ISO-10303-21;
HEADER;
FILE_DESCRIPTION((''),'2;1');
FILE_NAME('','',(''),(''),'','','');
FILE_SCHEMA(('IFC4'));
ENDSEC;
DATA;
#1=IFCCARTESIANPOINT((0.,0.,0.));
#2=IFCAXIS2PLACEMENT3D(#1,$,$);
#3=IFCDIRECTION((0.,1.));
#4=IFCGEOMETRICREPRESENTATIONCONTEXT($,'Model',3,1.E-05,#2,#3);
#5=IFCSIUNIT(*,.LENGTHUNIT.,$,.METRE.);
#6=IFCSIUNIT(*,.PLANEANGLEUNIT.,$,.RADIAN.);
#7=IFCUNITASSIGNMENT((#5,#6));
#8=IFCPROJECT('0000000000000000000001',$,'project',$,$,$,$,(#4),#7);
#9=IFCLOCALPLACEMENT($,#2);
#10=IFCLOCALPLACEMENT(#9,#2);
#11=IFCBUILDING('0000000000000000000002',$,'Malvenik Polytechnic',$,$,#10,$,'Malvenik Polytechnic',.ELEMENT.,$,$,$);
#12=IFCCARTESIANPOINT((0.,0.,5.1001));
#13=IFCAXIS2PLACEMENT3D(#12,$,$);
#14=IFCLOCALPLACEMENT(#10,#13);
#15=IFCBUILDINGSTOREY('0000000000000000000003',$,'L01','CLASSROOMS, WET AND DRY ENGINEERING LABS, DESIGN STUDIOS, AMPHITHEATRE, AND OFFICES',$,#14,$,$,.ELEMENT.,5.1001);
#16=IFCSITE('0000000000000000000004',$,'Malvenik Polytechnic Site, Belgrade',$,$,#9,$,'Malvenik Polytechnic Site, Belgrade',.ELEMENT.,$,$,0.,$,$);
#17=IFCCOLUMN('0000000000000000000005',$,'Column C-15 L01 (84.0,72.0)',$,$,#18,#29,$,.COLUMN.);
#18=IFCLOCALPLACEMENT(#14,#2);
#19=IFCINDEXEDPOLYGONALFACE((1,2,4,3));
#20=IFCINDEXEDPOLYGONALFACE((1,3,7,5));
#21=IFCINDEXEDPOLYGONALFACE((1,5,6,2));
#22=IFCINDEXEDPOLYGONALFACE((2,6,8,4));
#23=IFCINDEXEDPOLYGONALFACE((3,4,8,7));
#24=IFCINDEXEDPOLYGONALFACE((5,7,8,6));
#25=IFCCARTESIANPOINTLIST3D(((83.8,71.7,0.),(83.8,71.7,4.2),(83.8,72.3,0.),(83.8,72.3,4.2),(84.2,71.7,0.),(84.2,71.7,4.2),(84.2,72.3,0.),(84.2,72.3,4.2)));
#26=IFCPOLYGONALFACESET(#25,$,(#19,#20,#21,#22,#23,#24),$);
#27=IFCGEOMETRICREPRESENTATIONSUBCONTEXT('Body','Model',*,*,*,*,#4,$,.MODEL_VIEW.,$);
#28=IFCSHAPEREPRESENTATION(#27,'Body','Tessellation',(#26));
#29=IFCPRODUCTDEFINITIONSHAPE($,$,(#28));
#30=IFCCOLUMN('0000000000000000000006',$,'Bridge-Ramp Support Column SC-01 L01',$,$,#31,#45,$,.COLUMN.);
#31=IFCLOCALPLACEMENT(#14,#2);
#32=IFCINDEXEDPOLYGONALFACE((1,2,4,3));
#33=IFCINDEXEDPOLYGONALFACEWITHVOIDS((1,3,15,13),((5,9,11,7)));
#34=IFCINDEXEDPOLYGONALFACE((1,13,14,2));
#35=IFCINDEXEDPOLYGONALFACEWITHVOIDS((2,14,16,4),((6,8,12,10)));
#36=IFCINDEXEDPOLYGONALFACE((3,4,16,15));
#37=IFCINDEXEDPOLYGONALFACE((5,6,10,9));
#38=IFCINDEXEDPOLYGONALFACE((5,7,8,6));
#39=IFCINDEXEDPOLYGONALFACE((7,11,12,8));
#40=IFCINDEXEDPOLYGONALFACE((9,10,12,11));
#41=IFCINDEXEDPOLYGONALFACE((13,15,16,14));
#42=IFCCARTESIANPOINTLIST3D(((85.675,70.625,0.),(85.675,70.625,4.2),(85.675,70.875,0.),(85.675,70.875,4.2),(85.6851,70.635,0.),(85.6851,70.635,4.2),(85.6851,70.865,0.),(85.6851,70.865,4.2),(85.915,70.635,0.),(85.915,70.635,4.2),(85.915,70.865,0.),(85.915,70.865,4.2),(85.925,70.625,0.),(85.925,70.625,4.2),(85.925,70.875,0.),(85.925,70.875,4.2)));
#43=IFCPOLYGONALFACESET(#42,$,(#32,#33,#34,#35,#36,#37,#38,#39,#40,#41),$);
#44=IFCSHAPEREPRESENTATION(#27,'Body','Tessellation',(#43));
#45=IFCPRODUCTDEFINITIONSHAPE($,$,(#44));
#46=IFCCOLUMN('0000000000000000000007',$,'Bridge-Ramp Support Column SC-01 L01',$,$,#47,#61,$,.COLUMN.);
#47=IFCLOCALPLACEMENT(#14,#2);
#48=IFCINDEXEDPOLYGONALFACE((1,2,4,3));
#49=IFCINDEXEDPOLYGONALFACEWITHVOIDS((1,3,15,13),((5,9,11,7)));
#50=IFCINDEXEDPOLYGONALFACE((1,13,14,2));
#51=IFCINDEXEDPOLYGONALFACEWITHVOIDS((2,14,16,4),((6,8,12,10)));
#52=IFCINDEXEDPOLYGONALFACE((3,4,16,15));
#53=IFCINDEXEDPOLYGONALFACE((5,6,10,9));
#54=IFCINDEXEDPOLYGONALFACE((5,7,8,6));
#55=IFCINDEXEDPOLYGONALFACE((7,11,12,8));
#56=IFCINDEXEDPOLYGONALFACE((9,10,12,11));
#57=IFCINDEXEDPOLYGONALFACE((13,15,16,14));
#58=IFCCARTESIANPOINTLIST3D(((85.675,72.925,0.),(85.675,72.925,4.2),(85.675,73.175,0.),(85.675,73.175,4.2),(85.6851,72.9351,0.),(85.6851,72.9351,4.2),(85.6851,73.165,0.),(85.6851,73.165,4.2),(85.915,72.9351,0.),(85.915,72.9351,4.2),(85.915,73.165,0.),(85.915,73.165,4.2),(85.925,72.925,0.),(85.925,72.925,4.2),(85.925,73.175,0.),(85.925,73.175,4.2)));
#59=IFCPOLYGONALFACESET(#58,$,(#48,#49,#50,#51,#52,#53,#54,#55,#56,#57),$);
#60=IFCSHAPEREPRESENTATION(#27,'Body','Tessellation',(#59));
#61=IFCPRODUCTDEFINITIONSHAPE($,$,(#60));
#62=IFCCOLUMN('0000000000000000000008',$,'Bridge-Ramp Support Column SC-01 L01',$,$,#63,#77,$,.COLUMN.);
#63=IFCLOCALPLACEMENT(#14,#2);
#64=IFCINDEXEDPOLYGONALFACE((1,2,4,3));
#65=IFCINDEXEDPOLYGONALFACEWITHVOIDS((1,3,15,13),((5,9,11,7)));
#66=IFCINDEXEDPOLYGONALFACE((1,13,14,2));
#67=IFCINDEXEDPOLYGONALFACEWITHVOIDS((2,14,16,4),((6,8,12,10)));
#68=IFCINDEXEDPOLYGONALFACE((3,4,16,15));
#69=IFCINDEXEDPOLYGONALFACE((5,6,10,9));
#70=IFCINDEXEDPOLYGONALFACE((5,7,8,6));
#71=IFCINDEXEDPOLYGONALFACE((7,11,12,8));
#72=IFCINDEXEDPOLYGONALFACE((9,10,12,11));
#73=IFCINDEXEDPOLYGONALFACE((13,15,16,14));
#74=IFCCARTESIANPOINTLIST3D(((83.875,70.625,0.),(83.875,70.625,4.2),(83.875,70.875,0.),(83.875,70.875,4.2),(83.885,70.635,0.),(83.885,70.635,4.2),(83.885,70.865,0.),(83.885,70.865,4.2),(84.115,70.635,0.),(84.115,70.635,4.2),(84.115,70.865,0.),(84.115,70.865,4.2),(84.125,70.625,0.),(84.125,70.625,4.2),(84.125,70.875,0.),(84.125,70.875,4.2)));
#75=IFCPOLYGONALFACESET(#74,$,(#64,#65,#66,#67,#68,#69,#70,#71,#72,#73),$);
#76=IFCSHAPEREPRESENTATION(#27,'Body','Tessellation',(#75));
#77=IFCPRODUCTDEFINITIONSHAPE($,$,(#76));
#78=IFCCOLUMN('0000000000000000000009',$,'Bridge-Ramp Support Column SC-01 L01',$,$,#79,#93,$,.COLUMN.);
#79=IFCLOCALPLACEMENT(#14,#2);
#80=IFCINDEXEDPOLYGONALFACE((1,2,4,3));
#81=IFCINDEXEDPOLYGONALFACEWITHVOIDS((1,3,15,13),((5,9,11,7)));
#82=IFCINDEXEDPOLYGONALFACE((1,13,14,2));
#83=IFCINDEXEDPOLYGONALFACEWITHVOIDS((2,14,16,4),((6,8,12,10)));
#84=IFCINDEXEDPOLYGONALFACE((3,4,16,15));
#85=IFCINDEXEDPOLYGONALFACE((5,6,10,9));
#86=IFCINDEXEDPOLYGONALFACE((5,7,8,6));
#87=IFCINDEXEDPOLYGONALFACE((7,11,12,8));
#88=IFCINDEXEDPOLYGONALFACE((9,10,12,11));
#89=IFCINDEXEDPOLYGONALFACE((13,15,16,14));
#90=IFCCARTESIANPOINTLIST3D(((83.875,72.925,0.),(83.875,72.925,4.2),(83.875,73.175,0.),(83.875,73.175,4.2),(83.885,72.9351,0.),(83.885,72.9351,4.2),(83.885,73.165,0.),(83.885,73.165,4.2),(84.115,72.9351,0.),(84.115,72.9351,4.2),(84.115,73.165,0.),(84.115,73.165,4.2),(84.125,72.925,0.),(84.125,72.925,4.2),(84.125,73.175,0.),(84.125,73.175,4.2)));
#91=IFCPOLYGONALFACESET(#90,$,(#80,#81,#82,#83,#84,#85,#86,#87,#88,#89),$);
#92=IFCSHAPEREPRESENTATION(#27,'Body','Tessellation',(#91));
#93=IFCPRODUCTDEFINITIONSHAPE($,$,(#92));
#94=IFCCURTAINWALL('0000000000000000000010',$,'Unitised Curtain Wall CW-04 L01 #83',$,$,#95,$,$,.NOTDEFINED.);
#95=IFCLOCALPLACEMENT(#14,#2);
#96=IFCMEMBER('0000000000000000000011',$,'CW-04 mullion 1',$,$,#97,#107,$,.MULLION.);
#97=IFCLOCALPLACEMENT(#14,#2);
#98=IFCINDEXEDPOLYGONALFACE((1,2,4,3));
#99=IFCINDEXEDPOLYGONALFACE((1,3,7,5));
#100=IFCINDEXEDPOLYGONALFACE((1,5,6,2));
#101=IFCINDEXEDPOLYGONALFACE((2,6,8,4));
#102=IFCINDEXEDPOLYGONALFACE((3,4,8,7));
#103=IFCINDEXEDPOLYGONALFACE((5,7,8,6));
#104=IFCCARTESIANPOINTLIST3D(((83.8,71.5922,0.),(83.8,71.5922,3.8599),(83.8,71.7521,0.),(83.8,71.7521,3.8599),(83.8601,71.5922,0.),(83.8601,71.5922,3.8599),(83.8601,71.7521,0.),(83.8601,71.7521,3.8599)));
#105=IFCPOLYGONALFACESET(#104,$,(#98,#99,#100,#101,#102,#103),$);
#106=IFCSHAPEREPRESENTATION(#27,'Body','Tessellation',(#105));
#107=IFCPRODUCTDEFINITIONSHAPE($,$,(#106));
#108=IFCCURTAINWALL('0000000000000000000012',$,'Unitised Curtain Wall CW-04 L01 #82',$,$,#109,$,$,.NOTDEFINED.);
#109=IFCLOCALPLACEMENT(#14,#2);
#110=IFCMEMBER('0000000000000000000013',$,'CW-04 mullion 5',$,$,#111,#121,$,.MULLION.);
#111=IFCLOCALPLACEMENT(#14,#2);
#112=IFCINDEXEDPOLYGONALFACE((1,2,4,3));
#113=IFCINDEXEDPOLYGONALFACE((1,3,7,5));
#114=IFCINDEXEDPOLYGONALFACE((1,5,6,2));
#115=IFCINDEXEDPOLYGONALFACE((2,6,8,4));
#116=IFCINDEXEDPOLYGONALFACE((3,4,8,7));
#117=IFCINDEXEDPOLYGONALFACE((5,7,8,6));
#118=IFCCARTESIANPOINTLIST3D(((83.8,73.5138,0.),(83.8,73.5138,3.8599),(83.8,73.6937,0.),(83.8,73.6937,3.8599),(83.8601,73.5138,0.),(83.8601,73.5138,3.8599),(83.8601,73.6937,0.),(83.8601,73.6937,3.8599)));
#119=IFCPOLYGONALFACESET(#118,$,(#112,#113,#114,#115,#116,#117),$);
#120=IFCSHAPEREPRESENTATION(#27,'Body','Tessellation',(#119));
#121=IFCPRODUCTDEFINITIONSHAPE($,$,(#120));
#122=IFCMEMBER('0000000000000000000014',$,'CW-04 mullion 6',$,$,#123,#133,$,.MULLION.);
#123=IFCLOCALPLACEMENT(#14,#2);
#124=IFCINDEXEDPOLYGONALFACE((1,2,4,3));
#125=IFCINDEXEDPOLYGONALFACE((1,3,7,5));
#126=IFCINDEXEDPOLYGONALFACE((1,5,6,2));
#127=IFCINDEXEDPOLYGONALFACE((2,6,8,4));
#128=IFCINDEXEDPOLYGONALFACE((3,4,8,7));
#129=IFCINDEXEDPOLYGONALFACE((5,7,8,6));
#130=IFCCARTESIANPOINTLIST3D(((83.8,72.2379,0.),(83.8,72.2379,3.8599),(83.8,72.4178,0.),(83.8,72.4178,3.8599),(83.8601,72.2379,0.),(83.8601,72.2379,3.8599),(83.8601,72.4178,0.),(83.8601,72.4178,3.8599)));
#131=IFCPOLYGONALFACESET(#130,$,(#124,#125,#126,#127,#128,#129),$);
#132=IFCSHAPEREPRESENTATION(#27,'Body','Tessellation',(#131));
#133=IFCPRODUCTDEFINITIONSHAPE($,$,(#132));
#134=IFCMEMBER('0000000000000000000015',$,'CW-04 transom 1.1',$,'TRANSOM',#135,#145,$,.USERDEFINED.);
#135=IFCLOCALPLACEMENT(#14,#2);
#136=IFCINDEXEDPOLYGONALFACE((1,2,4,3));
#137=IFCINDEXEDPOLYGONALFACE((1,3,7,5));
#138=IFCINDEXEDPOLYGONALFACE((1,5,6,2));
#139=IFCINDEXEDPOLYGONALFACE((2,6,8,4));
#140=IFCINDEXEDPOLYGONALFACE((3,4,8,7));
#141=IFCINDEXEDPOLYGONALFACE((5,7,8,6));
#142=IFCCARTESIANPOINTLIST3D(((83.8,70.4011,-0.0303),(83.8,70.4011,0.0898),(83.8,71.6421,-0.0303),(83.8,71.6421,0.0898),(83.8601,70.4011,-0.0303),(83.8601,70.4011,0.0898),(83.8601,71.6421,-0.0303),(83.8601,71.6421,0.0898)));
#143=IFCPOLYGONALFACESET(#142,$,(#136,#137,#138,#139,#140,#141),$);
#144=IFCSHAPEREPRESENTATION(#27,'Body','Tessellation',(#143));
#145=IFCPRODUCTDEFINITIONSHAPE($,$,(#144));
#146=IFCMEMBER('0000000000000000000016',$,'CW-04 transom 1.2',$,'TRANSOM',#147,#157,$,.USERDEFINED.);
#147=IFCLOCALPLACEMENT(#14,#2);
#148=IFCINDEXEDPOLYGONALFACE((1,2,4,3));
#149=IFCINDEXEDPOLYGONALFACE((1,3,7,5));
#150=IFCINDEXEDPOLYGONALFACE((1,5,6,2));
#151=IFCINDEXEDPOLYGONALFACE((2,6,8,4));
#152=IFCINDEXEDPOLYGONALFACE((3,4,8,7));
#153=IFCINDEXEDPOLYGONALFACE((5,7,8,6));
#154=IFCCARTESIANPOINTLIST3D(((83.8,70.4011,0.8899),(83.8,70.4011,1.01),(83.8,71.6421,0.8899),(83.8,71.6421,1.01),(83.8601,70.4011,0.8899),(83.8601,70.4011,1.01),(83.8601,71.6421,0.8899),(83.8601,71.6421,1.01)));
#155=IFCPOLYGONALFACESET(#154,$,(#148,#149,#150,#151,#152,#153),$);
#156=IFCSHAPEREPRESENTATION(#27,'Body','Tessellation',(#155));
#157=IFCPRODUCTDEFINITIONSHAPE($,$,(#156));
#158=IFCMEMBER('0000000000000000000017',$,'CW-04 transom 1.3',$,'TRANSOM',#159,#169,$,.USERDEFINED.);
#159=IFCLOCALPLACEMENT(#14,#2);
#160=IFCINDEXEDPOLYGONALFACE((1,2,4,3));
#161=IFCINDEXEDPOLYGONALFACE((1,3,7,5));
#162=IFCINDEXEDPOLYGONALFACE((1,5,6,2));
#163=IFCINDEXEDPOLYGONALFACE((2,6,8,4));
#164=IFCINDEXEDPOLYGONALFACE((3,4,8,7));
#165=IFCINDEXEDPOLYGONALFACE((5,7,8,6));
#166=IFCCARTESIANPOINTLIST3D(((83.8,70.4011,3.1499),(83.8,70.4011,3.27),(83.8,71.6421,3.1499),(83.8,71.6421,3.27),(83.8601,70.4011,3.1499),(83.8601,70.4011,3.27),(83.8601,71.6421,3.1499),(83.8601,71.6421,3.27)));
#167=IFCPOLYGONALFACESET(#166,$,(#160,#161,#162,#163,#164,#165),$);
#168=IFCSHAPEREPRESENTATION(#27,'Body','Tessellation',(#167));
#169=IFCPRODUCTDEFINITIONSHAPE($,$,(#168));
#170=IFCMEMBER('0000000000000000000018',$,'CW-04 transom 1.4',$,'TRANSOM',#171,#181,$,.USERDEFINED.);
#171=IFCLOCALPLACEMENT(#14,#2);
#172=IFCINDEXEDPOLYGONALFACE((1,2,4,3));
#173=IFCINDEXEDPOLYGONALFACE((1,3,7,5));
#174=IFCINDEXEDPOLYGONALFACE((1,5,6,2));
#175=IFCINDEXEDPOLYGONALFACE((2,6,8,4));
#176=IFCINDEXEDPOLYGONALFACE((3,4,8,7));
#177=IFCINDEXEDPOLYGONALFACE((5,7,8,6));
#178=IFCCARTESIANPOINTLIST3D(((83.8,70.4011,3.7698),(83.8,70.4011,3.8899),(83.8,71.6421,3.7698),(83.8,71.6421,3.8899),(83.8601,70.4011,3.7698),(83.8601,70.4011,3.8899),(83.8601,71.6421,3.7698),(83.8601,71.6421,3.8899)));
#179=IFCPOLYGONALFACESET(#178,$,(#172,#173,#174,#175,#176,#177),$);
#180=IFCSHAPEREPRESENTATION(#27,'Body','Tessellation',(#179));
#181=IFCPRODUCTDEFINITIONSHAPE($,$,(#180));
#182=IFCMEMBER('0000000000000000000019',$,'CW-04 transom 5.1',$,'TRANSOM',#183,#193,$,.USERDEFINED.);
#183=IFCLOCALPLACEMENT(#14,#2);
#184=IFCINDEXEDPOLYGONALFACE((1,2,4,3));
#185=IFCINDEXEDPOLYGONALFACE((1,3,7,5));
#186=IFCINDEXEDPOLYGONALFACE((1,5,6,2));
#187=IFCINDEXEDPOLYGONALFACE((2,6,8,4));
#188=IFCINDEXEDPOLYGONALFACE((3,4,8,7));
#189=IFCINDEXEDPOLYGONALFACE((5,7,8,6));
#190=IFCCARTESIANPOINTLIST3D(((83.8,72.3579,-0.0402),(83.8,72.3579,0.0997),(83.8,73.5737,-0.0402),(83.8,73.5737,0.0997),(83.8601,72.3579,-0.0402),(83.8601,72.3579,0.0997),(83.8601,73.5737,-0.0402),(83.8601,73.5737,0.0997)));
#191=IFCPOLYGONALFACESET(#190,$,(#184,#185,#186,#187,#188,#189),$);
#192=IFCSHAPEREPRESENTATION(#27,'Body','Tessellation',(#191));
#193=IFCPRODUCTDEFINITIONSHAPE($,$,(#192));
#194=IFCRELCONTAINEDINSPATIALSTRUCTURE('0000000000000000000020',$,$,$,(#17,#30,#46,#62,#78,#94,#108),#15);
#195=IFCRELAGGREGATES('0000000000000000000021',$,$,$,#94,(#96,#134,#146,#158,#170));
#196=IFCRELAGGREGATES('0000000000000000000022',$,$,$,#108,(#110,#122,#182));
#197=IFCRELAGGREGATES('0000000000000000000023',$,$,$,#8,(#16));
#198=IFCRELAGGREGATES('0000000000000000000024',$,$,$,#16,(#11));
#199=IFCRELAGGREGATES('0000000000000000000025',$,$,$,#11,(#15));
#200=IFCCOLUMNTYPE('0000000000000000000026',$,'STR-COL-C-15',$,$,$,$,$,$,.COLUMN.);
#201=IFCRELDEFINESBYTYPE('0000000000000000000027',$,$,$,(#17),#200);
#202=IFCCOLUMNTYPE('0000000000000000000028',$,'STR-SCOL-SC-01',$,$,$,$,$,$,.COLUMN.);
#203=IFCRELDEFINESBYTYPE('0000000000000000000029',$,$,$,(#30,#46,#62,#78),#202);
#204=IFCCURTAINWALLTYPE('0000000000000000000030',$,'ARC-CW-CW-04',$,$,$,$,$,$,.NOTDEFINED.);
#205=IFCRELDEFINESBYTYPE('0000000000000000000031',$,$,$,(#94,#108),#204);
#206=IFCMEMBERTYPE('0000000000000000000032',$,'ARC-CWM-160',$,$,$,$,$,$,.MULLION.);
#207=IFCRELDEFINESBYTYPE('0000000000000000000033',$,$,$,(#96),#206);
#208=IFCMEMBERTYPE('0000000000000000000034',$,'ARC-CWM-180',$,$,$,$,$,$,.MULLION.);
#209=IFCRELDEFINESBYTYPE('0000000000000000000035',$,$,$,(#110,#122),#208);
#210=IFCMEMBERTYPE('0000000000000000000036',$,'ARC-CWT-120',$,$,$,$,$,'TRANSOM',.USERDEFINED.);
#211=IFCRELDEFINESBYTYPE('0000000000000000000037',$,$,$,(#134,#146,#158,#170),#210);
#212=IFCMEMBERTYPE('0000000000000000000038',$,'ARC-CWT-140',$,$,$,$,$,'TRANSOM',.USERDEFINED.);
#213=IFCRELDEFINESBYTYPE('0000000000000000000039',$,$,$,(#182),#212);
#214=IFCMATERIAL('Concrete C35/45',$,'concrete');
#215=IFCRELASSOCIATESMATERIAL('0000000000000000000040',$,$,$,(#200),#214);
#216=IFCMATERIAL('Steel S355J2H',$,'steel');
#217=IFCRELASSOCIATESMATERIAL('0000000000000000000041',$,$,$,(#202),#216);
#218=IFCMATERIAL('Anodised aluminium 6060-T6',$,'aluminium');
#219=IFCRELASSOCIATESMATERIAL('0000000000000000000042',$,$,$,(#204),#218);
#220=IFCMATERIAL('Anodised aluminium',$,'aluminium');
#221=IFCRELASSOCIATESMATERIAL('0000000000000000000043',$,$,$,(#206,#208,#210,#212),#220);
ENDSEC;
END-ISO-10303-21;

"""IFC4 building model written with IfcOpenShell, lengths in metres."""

from ifc_helpers import new_model, si_unit, direction, frame, origin, origin_2d, place, context, subcontext, project, spatial, rectangle, hollow_rectangle, extrude, material, material_profile, profile_set, type_object, element, aggregate, save


model = new_model("IFC4")

# Units and contexts
model_context = context("Model", 3, precision=1e-05, world=origin(), true_north=direction((0.0, 1.0)))
body_context = subcontext(model_context, "Body", "Model", "MODEL_VIEW")
ifc_project = project(units=[si_unit("LENGTHUNIT", "METRE"), si_unit("PLANEANGLEUNIT", "RADIAN")], contexts=[model_context])

# Site, building, storey
site_placement = place(None, origin())
site = spatial("IfcSite", under=ifc_project, at=site_placement, Name="Malvenik Polytechnic Site, Belgrade", LongName="Malvenik Polytechnic Site, Belgrade", CompositionType="ELEMENT", RefElevation=0.0)
building_placement = place(site_placement, origin())
building = spatial("IfcBuilding", under=site, at=building_placement, Name="Malvenik Polytechnic", LongName="Malvenik Polytechnic", CompositionType="ELEMENT")
storey_placement = place(building_placement, frame((0.0, 0.0, 5.1001)))
storey = spatial("IfcBuildingStorey", under=building, at=storey_placement, Name="L01", Description="CLASSROOMS, WET AND DRY ENGINEERING LABS, DESIGN STUDIOS, AMPHITHEATRE, AND OFFICES", CompositionType="ELEMENT", Elevation=5.1001)

# Columns
ifc_material_1 = material(Name="Concrete C35/45", Category="concrete")
ifc_material_profile_1 = material_profile(ifc_material_1, rectangle(XDim=0.3999, YDim=0.6001, at=origin_2d()), Name="RC COL 600x400")
ifc_profile_set_1 = profile_set([ifc_material_profile_1], Name="Concrete C35/45")
column_type_1 = type_object("IfcColumnType", Name="STR-COL-C-15", PredefinedType="COLUMN", material=ifc_profile_set_1)
column_placement = place(storey_placement, frame((84.0, 72.0, 0.0), z_axis=(0.0, 0.0, 1.0), x_axis=(1.0, 0.0, 0.0)))
element("IfcColumn", 1, at=column_placement, inside=storey, type_object=column_type_1, Name="Column C-15 L01 (84.0,72.0)", PredefinedType="COLUMN", context=body_context, shape_type="SweptSolid", body=[
    extrude(rectangle(XDim=0.3999, YDim=0.6001, at=origin_2d()), origin(), (0.0, 0.0, 1.0), 4.2),
])
ifc_material_2 = material(Name="Steel S355J2H", Category="steel")
ifc_material_profile_2 = material_profile(ifc_material_2, hollow_rectangle(XDim=0.25, YDim=0.25, WallThickness=0.01, at=origin_2d()), Name="SHS 250x250x10.0")
ifc_profile_set_2 = profile_set([ifc_material_profile_2], Name="Steel S355J2H")
column_type_2 = type_object("IfcColumnType", Name="STR-SCOL-SC-01", PredefinedType="COLUMN", material=ifc_profile_set_2)
for number, where, z_axis, x_axis, name in (
    (2, (85.8, 70.75, 0.0), (0.0, 0.0, 1.0), (1.0, 0.0, 0.0), "Bridge-Ramp Support Column SC-01 L01"),
    (3, (85.8, 73.05, 0.0), (0.0, 0.0, 1.0), (1.0, 0.0, 0.0), "Bridge-Ramp Support Column SC-01 L01"),
    (4, (84.0, 70.75, 0.0), (0.0, 0.0, 1.0), (1.0, 0.0, 0.0), "Bridge-Ramp Support Column SC-01 L01"),
    (5, (84.0, 73.05, 0.0), (0.0, 0.0, 1.0), (1.0, 0.0, 0.0), "Bridge-Ramp Support Column SC-01 L01"),
):
    element("IfcColumn", number, at=place(storey_placement, frame(where, z_axis=z_axis, x_axis=x_axis)), inside=storey, type_object=column_type_2, Name=name, PredefinedType="COLUMN", context=body_context, shape_type="SweptSolid", body=[
        extrude(hollow_rectangle(XDim=0.25, YDim=0.25, WallThickness=0.01, at=origin_2d()), origin(), (0.0, 0.0, 1.0), 4.2),
    ])

# Curtain wall, member
ifc_material_3 = material(Name="Anodised aluminium 6060-T6", Category="aluminium")
curtain_wall_type = type_object("IfcCurtainWallType", Name="ARC-CW-CW-04", PredefinedType="NOTDEFINED", material=ifc_material_3)
curtain_wall_1_placement = place(storey_placement, origin())
curtain_wall_1 = element("IfcCurtainWall", 6, at=curtain_wall_1_placement, inside=storey, type_object=curtain_wall_type, Name="Unitised Curtain Wall CW-04 L01 #83", PredefinedType="NOTDEFINED")
ifc_material_4 = material(Name="Anodised aluminium", Category="aluminium")
ifc_material_profile_3 = material_profile(ifc_material_4, rectangle(XDim=0.0601, YDim=0.1599, at=origin_2d()), Name="ALU MULLION 60x160")
ifc_profile_set_3 = profile_set([ifc_material_profile_3], Name="Anodised aluminium")
member_type_1 = type_object("IfcMemberType", Name="ARC-CWM-160", PredefinedType="MULLION", material=ifc_profile_set_3)
member_1_placement = place(storey_placement, frame((83.8301, 71.6721, 0.0), z_axis=(0.0, 0.0, 1.0), x_axis=(1.0, 0.0, 0.0)))
member_1 = element("IfcMember", 7, at=member_1_placement, type_object=member_type_1, Name="CW-04 mullion 1", PredefinedType="MULLION", context=body_context, shape_type="SweptSolid", body=[
    extrude(rectangle(XDim=0.0601, YDim=0.1599, at=origin_2d()), origin(), (0.0, 0.0, 1.0), 3.8599),
])

# Curtain wall, members
curtain_wall_2_placement = place(storey_placement, origin())
curtain_wall_2 = element("IfcCurtainWall", 8, at=curtain_wall_2_placement, inside=storey, type_object=curtain_wall_type, Name="Unitised Curtain Wall CW-04 L01 #82", PredefinedType="NOTDEFINED")
ifc_material_profile_4 = material_profile(ifc_material_4, rectangle(XDim=0.0601, YDim=0.1799, at=origin_2d()), Name="ALU MULLION 60x180")
ifc_profile_set_4 = profile_set([ifc_material_profile_4], Name="Anodised aluminium")
member_type_2 = type_object("IfcMemberType", Name="ARC-CWM-180", PredefinedType="MULLION", material=ifc_profile_set_4)
member_2_placement = place(storey_placement, frame((83.8301, 73.6038, 0.0), z_axis=(0.0, 0.0, 1.0), x_axis=(1.0, 0.0, 0.0)))
member_2 = element("IfcMember", 9, at=member_2_placement, type_object=member_type_2, Name="CW-04 mullion 5", PredefinedType="MULLION", context=body_context, shape_type="SweptSolid", body=[
    extrude(rectangle(XDim=0.0601, YDim=0.1799, at=origin_2d()), origin(), (0.0, 0.0, 1.0), 3.8599),
])
member_3_placement = place(storey_placement, frame((83.8301, 72.3279, 0.0), z_axis=(0.0, 0.0, 1.0), x_axis=(1.0, 0.0, 0.0)))
member_3 = element("IfcMember", 10, at=member_3_placement, type_object=member_type_2, Name="CW-04 mullion 6", PredefinedType="MULLION", context=body_context, shape_type="SweptSolid", body=[
    extrude(rectangle(XDim=0.0601, YDim=0.1799, at=origin_2d()), origin(), (0.0, 0.0, 1.0), 3.8599),
])

# Members
ifc_material_profile_5 = material_profile(ifc_material_4, rectangle(XDim=0.0601, YDim=0.1201, at=origin_2d()), Name="ALU TRANSOM 60x120")
ifc_profile_set_5 = profile_set([ifc_material_profile_5], Name="Anodised aluminium")
member_type_3 = type_object("IfcMemberType", Name="ARC-CWT-120", ElementType="TRANSOM", PredefinedType="USERDEFINED", material=ifc_profile_set_5)
member_4_placement = place(storey_placement, frame((83.8301, 71.6421, 0.0298), z_axis=(0.0, -1.0, 0.0), x_axis=(1.0, 0.0, 0.0)))
member_4 = element("IfcMember", 11, at=member_4_placement, type_object=member_type_3, Name="CW-04 transom 1.1", ObjectType="TRANSOM", PredefinedType="USERDEFINED", context=body_context, shape_type="SweptSolid", body=[
    extrude(rectangle(XDim=0.0601, YDim=0.1201, at=origin_2d()), origin(), (0.0, 0.0, 1.0), 1.241),
])
member_5_placement = place(storey_placement, frame((83.8301, 71.6421, 0.95), z_axis=(0.0, -1.0, 0.0), x_axis=(1.0, 0.0, 0.0)))
member_5 = element("IfcMember", 12, at=member_5_placement, type_object=member_type_3, Name="CW-04 transom 1.2", ObjectType="TRANSOM", PredefinedType="USERDEFINED", context=body_context, shape_type="SweptSolid", body=[
    extrude(rectangle(XDim=0.0601, YDim=0.1201, at=origin_2d()), origin(), (0.0, 0.0, 1.0), 1.241),
])
member_6_placement = place(storey_placement, frame((83.8301, 71.6421, 3.21), z_axis=(0.0, -1.0, 0.0), x_axis=(1.0, 0.0, 0.0)))
member_6 = element("IfcMember", 13, at=member_6_placement, type_object=member_type_3, Name="CW-04 transom 1.3", ObjectType="TRANSOM", PredefinedType="USERDEFINED", context=body_context, shape_type="SweptSolid", body=[
    extrude(rectangle(XDim=0.0601, YDim=0.1201, at=origin_2d()), origin(), (0.0, 0.0, 1.0), 1.241),
])
member_7_placement = place(storey_placement, frame((83.8301, 71.6421, 3.8298), z_axis=(0.0, -1.0, 0.0), x_axis=(1.0, 0.0, 0.0)))
member_7 = element("IfcMember", 14, at=member_7_placement, type_object=member_type_3, Name="CW-04 transom 1.4", ObjectType="TRANSOM", PredefinedType="USERDEFINED", context=body_context, shape_type="SweptSolid", body=[
    extrude(rectangle(XDim=0.0601, YDim=0.1201, at=origin_2d()), origin(), (0.0, 0.0, 1.0), 1.241),
])
ifc_material_profile_6 = material_profile(ifc_material_4, rectangle(XDim=0.0601, YDim=0.1399, at=origin_2d()), Name="ALU TRANSOM 60x140")
ifc_profile_set_6 = profile_set([ifc_material_profile_6], Name="Anodised aluminium")
member_type_4 = type_object("IfcMemberType", Name="ARC-CWT-140", ElementType="TRANSOM", PredefinedType="USERDEFINED", material=ifc_profile_set_6)
member_8_placement = place(storey_placement, frame((83.8301, 73.5737, 0.0298), z_axis=(0.0, -1.0, 0.0), x_axis=(1.0, 0.0, 0.0)))
member_8 = element("IfcMember", 15, at=member_8_placement, type_object=member_type_4, Name="CW-04 transom 5.1", ObjectType="TRANSOM", PredefinedType="USERDEFINED", context=body_context, shape_type="SweptSolid", body=[
    extrude(rectangle(XDim=0.0601, YDim=0.1399, at=origin_2d()), origin(), (0.0, 0.0, 1.0), 1.2158),
])

aggregate(curtain_wall_1, [member_1, member_4, member_5, member_6, member_7])
aggregate(curtain_wall_2, [member_2, member_3, member_8])

save(model, "model.ifc")
